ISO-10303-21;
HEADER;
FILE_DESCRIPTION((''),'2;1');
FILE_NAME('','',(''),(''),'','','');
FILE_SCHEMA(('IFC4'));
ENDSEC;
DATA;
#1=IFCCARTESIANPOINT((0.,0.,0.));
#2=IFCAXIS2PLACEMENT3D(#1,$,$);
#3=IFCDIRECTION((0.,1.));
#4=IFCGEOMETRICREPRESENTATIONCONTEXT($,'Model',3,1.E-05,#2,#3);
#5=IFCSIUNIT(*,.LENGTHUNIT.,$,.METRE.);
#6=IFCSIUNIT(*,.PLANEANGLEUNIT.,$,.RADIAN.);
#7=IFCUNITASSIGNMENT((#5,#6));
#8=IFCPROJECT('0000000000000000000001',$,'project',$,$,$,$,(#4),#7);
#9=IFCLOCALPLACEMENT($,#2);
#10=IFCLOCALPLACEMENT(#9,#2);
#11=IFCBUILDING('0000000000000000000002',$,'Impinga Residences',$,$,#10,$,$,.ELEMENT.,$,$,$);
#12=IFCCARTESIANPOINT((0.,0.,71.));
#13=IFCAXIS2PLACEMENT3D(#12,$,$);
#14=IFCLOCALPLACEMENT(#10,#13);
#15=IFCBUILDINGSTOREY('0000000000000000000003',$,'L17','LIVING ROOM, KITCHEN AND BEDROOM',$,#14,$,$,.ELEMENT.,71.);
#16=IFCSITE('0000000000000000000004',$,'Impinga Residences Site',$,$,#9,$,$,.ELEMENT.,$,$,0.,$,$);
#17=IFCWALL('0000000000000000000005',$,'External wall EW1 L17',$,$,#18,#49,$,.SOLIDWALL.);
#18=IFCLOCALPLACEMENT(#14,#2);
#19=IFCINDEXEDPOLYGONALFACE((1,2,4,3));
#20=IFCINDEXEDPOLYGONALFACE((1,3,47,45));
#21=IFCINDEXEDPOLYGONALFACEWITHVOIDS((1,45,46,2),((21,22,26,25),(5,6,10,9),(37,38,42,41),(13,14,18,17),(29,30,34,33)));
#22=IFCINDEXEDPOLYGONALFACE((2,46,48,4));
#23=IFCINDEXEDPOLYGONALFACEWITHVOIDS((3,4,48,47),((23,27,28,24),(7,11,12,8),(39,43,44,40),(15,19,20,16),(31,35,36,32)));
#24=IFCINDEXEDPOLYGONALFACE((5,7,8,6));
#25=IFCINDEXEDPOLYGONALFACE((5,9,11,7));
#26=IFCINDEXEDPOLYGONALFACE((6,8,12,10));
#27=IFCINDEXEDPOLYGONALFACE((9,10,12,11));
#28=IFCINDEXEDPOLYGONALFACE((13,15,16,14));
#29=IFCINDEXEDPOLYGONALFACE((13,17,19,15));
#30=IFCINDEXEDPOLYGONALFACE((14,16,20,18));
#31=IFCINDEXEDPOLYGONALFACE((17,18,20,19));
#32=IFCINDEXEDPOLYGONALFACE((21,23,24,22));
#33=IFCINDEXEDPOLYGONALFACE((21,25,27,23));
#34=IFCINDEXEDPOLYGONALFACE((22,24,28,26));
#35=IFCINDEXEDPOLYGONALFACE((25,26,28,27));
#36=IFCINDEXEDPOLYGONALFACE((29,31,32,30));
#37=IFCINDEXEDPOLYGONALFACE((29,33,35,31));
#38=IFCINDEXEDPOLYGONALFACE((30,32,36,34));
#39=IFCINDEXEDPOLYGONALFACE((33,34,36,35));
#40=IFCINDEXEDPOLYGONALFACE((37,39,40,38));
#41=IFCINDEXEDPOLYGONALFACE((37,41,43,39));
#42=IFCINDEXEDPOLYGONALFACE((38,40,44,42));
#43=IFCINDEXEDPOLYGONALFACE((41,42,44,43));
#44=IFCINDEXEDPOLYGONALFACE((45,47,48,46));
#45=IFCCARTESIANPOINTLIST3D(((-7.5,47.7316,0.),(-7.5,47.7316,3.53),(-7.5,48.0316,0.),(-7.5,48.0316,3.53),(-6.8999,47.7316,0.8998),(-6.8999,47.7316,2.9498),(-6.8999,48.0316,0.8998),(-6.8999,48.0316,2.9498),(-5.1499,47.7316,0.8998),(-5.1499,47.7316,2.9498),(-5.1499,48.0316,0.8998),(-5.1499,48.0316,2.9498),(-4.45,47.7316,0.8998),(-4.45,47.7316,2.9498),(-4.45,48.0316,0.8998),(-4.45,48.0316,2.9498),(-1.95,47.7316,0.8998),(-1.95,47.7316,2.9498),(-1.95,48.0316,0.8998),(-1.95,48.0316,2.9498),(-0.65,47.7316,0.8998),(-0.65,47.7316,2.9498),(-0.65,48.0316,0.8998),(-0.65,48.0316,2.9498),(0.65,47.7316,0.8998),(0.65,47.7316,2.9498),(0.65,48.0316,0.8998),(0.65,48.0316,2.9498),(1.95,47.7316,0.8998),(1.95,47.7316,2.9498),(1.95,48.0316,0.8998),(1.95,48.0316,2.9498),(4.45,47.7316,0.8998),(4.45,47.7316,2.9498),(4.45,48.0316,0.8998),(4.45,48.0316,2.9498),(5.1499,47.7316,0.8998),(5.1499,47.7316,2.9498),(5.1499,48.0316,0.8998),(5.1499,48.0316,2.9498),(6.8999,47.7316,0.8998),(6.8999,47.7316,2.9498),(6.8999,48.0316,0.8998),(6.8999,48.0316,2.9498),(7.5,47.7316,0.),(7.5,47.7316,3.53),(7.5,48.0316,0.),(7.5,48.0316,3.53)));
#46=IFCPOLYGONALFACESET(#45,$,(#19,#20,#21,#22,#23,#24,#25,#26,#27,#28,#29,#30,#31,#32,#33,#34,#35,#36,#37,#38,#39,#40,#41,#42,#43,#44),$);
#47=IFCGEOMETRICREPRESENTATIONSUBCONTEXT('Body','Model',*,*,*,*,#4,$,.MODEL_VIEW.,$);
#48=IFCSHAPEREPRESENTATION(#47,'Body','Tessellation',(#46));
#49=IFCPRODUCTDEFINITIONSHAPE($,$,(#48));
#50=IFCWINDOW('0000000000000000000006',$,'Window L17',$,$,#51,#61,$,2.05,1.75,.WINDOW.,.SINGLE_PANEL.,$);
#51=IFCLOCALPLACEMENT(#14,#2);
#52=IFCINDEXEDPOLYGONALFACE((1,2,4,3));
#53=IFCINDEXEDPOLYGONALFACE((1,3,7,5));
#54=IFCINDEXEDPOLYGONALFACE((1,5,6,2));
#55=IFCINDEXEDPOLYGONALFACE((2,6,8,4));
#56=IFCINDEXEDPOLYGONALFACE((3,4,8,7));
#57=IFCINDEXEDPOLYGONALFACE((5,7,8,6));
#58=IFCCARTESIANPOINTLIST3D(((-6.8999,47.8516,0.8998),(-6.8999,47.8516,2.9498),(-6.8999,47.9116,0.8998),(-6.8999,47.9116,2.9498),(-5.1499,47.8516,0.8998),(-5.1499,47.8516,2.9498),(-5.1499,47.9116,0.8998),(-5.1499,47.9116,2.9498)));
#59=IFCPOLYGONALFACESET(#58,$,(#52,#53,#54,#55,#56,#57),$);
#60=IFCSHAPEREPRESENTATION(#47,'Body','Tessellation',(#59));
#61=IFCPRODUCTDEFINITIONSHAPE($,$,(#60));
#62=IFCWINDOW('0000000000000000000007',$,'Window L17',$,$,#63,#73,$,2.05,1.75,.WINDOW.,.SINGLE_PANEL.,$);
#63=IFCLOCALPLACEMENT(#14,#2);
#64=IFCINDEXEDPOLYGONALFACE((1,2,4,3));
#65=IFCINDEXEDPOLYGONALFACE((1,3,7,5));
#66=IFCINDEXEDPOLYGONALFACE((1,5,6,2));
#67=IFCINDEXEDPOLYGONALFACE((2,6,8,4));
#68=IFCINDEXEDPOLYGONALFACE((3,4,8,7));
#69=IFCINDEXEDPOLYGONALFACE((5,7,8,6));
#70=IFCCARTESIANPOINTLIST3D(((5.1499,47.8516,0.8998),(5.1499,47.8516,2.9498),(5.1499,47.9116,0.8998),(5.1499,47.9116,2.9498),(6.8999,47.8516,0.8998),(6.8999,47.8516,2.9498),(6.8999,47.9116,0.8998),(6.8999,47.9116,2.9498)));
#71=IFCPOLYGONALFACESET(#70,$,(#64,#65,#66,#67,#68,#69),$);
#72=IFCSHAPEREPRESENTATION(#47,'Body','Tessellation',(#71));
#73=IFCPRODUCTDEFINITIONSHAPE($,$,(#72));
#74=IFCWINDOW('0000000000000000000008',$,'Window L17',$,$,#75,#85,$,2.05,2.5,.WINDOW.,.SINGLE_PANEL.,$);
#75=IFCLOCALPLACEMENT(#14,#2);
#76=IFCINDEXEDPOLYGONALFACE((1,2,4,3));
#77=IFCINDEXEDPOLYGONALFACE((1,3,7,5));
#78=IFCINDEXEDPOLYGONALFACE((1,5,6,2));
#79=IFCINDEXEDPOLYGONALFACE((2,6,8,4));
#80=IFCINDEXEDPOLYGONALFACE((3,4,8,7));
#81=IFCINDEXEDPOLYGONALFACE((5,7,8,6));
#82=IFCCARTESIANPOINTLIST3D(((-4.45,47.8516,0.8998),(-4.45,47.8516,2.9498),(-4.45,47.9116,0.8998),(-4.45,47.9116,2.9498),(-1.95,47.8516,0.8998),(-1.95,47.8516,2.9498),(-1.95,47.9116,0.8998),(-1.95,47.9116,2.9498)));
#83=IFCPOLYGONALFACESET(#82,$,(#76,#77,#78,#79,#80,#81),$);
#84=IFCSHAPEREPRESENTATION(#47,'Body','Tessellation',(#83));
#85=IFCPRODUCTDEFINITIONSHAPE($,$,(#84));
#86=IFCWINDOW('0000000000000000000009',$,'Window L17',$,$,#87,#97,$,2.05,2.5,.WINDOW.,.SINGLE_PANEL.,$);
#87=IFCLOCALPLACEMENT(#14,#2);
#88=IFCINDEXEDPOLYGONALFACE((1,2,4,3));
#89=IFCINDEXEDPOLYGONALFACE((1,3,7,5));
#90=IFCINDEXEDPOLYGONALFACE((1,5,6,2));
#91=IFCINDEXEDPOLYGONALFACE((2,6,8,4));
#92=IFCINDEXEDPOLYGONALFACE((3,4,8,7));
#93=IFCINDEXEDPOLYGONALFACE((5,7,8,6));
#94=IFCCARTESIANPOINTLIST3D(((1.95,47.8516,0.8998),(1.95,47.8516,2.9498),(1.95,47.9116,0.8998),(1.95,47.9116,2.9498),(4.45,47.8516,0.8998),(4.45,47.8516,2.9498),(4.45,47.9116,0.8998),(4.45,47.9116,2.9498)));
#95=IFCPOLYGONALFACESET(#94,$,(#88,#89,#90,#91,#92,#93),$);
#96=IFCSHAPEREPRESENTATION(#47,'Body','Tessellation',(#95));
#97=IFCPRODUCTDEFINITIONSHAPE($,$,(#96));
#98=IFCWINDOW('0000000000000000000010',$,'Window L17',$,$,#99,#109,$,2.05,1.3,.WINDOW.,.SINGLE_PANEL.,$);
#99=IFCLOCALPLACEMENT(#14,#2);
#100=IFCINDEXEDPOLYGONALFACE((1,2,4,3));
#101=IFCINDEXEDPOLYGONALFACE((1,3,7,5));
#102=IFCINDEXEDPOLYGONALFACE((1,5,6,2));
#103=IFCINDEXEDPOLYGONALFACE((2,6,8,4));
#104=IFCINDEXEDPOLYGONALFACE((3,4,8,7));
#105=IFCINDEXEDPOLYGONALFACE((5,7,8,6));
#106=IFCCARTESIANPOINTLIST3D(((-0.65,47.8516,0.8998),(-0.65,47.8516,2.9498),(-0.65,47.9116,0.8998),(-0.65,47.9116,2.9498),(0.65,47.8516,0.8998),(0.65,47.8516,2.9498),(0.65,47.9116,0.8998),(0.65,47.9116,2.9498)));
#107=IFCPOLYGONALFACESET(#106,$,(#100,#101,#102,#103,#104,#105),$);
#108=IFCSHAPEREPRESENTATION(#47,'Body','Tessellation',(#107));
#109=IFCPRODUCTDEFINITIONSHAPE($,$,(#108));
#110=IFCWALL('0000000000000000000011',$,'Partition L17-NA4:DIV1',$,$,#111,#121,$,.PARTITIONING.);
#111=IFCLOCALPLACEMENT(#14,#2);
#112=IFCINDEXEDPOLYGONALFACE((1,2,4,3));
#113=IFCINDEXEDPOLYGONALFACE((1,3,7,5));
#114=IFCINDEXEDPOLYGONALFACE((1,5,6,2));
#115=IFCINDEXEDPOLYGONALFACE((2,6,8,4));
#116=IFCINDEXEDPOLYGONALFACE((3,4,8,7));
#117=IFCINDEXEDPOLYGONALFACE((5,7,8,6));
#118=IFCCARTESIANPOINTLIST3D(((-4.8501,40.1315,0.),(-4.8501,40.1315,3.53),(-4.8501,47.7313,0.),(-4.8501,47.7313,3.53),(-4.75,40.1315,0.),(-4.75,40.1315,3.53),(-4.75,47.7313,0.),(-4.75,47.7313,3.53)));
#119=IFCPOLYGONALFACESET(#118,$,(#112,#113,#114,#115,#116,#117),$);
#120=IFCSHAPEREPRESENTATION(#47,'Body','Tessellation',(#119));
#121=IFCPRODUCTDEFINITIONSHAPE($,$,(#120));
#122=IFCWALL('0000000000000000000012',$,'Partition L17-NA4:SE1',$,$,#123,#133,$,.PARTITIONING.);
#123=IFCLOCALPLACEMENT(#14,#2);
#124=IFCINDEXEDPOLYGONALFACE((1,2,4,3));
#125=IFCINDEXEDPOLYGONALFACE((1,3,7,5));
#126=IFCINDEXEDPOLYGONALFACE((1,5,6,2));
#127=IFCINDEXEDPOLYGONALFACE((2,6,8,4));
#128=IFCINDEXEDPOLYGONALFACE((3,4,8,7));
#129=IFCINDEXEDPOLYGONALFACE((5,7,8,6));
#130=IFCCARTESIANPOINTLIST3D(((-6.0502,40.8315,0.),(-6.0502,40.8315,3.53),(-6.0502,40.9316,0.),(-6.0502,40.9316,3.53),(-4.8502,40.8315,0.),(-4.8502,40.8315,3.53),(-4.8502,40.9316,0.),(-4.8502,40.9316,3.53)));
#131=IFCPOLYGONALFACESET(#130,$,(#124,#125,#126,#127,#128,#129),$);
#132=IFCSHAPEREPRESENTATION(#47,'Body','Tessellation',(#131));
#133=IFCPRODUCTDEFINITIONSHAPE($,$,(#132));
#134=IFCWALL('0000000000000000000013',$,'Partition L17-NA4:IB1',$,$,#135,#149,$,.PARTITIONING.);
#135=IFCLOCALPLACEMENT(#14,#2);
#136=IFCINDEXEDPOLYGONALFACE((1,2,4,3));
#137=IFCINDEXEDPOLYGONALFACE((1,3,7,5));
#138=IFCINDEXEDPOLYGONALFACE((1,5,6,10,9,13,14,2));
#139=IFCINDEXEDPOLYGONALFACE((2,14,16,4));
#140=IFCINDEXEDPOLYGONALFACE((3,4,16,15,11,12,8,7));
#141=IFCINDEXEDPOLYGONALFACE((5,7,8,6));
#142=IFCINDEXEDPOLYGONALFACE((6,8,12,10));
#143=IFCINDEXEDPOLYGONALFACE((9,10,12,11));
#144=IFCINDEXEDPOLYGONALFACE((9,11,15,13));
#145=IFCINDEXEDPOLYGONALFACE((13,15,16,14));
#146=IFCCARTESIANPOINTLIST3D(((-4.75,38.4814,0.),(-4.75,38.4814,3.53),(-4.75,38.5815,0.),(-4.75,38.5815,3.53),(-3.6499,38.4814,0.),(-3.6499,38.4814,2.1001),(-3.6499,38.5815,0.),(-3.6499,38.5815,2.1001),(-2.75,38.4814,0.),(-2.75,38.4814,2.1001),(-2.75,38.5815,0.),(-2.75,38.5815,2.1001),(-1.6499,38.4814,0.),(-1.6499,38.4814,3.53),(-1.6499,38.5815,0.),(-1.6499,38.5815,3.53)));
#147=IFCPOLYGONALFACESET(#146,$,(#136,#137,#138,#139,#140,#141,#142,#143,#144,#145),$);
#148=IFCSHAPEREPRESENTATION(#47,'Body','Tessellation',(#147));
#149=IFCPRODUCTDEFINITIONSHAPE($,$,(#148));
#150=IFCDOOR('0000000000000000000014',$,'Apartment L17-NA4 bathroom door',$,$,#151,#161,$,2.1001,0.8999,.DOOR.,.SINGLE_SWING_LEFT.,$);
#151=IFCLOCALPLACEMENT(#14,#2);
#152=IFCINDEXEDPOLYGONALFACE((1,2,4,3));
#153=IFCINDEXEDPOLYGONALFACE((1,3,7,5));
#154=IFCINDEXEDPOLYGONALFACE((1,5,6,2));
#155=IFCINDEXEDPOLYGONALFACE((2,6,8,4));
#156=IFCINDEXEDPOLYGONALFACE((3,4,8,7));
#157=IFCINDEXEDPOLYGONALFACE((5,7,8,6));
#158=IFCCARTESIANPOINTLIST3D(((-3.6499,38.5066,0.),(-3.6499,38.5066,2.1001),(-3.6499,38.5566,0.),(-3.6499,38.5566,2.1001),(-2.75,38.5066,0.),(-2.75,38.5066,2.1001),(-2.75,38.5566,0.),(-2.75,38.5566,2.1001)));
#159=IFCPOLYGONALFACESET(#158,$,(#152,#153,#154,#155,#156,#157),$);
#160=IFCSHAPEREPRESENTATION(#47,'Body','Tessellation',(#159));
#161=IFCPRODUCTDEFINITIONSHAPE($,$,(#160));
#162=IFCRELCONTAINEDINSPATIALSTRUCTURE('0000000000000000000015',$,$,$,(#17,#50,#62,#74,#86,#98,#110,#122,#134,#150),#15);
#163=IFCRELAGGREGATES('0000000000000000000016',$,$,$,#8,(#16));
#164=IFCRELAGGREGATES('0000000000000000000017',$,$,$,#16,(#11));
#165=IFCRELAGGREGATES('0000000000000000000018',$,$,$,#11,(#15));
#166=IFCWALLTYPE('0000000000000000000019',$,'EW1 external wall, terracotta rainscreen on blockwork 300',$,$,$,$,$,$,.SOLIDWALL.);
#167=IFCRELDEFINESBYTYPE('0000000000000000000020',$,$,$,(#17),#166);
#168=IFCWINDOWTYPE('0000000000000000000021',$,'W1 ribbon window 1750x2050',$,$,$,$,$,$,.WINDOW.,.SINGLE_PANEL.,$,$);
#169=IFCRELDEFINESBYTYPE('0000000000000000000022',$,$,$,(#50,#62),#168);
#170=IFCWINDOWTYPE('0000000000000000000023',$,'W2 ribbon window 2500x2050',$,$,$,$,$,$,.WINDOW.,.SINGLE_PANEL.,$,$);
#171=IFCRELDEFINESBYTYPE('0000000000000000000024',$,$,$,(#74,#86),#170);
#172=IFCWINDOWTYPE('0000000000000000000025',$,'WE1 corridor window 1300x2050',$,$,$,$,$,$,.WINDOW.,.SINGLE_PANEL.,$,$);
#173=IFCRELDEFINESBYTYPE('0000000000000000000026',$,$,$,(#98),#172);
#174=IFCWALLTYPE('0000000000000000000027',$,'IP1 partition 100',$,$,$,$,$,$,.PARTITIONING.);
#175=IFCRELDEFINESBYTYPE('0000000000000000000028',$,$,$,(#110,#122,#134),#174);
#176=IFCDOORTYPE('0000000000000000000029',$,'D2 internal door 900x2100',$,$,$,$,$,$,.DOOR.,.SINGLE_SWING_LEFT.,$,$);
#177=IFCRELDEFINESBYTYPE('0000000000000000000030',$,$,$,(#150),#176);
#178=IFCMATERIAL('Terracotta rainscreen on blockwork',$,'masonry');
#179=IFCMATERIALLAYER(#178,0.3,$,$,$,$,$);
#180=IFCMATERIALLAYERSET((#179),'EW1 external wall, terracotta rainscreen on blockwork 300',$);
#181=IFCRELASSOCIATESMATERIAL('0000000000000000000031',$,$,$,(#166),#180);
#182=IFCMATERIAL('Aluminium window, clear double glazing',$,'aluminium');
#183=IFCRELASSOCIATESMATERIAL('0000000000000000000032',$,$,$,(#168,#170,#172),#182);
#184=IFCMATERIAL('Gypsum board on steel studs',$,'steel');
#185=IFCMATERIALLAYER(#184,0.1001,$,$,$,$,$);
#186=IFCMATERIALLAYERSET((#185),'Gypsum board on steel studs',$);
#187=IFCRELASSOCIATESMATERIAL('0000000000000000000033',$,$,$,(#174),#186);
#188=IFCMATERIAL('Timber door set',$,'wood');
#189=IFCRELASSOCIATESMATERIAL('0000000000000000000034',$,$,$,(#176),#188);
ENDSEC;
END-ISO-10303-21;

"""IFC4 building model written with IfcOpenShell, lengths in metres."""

from ifc_helpers import new_model, si_unit, direction, frame, frame_2d, origin, place, context, subcontext, project, spatial, rectangle, extrude, material, layer, layer_set, type_object, element, fill, save


model = new_model("IFC4")

# Units and contexts
model_context = context("Model", 3, precision=1e-05, world=origin(), true_north=direction((0.0, 1.0)))
body_context = subcontext(model_context, "Body", "Model", "MODEL_VIEW")
ifc_project = project(units=[si_unit("LENGTHUNIT", "METRE"), si_unit("PLANEANGLEUNIT", "RADIAN")], contexts=[model_context])

# Site, building, storey
site_placement = place(None, origin())
site = spatial("IfcSite", under=ifc_project, at=site_placement, Name="Impinga Residences Site", CompositionType="ELEMENT", RefElevation=0.0)
building_placement = place(site_placement, origin())
building = spatial("IfcBuilding", under=site, at=building_placement, Name="Impinga Residences", CompositionType="ELEMENT")
storey_placement = place(building_placement, frame((0.0, 0.0, 71.0)))
storey = spatial("IfcBuildingStorey", under=building, at=storey_placement, Name="L17", Description="LIVING ROOM, KITCHEN AND BEDROOM", CompositionType="ELEMENT", Elevation=71.0)

# Shared definitions
ifc_material_1 = material(Name="Terracotta rainscreen on blockwork", Category="masonry")
ifc_layer_1 = layer(ifc_material_1, 0.3)
ifc_layer_set_1 = layer_set([ifc_layer_1], Name="EW1 external wall, terracotta rainscreen on blockwork 300")
wall_type_1 = type_object("IfcWallType", Name="EW1 external wall, terracotta rainscreen on blockwork 300", PredefinedType="SOLIDWALL", material=ifc_layer_set_1)

# Wall, openings, windows
wall_1_placement = place(storey_placement, frame((-7.5, 47.8816, 0.0), z_axis=(0.0, 0.0, 1.0), x_axis=(1.0, 0.0, 0.0)))
wall_1 = element("IfcWall", 1, at=wall_1_placement, inside=storey, type_object=wall_type_1, Name="External wall EW1 L17", PredefinedType="SOLIDWALL", context=body_context, shape_type="SweptSolid", body=[
    extrude(rectangle(XDim=15.0, YDim=0.3, at=frame_2d((7.5, 0.0))), origin(), (0.0, 0.0, 1.0), 3.53),
])
opening_1_placement = place(wall_1_placement, frame((0.6001, 0.0, 0.8999)))
opening_1 = element("IfcOpeningElement", 2, at=opening_1_placement, cuts=wall_1, PredefinedType="OPENING", context=body_context, shape_type="SweptSolid", body=[
    extrude(rectangle(XDim=1.75, YDim=2.05, at=frame_2d((0.875, 1.0249))), frame((0.0, 0.1599, 0.0), z_axis=(0.0, -1.0, 0.0), x_axis=(1.0, 0.0, 0.0)), (0.0, 0.0, 1.0), 0.3201),
])
opening_2_placement = place(wall_1_placement, frame((3.05, 0.0, 0.8999)))
opening_2 = element("IfcOpeningElement", 3, at=opening_2_placement, cuts=wall_1, PredefinedType="OPENING", context=body_context, shape_type="SweptSolid", body=[
    extrude(rectangle(XDim=2.5, YDim=2.05, at=frame_2d((1.25, 1.0249))), frame((0.0, 0.1599, 0.0), z_axis=(0.0, -1.0, 0.0), x_axis=(1.0, 0.0, 0.0)), (0.0, 0.0, 1.0), 0.3201),
])
opening_3_placement = place(wall_1_placement, frame((6.8501, 0.0, 0.8999)))
opening_3 = element("IfcOpeningElement", 4, at=opening_3_placement, cuts=wall_1, PredefinedType="OPENING", context=body_context, shape_type="SweptSolid", body=[
    extrude(rectangle(XDim=1.3, YDim=2.05, at=frame_2d((0.6499, 1.0249))), frame((0.0, 0.1599, 0.0), z_axis=(0.0, -1.0, 0.0), x_axis=(1.0, 0.0, 0.0)), (0.0, 0.0, 1.0), 0.3201),
])
opening_4_placement = place(wall_1_placement, frame((9.45, 0.0, 0.8999)))
opening_4 = element("IfcOpeningElement", 5, at=opening_4_placement, cuts=wall_1, PredefinedType="OPENING", context=body_context, shape_type="SweptSolid", body=[
    extrude(rectangle(XDim=2.5, YDim=2.05, at=frame_2d((1.25, 1.0249))), frame((0.0, 0.1599, 0.0), z_axis=(0.0, -1.0, 0.0), x_axis=(1.0, 0.0, 0.0)), (0.0, 0.0, 1.0), 0.3201),
])
opening_5_placement = place(wall_1_placement, frame((12.6499, 0.0, 0.8999)))
opening_5 = element("IfcOpeningElement", 6, at=opening_5_placement, cuts=wall_1, PredefinedType="OPENING", context=body_context, shape_type="SweptSolid", body=[
    extrude(rectangle(XDim=1.75, YDim=2.05, at=frame_2d((0.875, 1.0249))), frame((0.0, 0.1599, 0.0), z_axis=(0.0, -1.0, 0.0), x_axis=(1.0, 0.0, 0.0)), (0.0, 0.0, 1.0), 0.3201),
])
ifc_material_2 = material(Name="Aluminium window, clear double glazing", Category="aluminium")
window_type_1 = type_object("IfcWindowType", Name="W1 ribbon window 1750x2050", PartitioningType="SINGLE_PANEL", PredefinedType="WINDOW", material=ifc_material_2)
window_1_placement = place(opening_1_placement, origin())
window_1 = element("IfcWindow", 7, at=window_1_placement, inside=storey, type_object=window_type_1, Name="Window L17", OverallHeight=2.05, OverallWidth=1.75, PartitioningType="SINGLE_PANEL", PredefinedType="WINDOW", context=body_context, shape_type="SweptSolid", body=[
    extrude(rectangle(XDim=1.75, YDim=2.05, at=frame_2d((0.875, 1.0249))), frame((0.0, 0.03, 0.0), z_axis=(0.0, -1.0, 0.0), x_axis=(1.0, 0.0, 0.0)), (0.0, 0.0, 1.0), 0.0601),
])
fill(opening_1, window_1)
window_2_placement = place(opening_5_placement, origin())
window_2 = element("IfcWindow", 8, at=window_2_placement, inside=storey, type_object=window_type_1, Name="Window L17", OverallHeight=2.05, OverallWidth=1.75, PartitioningType="SINGLE_PANEL", PredefinedType="WINDOW", context=body_context, shape_type="SweptSolid", body=[
    extrude(rectangle(XDim=1.75, YDim=2.05, at=frame_2d((0.875, 1.0249))), frame((0.0, 0.03, 0.0), z_axis=(0.0, -1.0, 0.0), x_axis=(1.0, 0.0, 0.0)), (0.0, 0.0, 1.0), 0.0601),
])
fill(opening_5, window_2)
window_type_2 = type_object("IfcWindowType", Name="W2 ribbon window 2500x2050", PartitioningType="SINGLE_PANEL", PredefinedType="WINDOW", material=ifc_material_2)
window_3_placement = place(opening_2_placement, origin())
window_3 = element("IfcWindow", 9, at=window_3_placement, inside=storey, type_object=window_type_2, Name="Window L17", OverallHeight=2.05, OverallWidth=2.5, PartitioningType="SINGLE_PANEL", PredefinedType="WINDOW", context=body_context, shape_type="SweptSolid", body=[
    extrude(rectangle(XDim=2.5, YDim=2.05, at=frame_2d((1.25, 1.0249))), frame((0.0, 0.03, 0.0), z_axis=(0.0, -1.0, 0.0), x_axis=(1.0, 0.0, 0.0)), (0.0, 0.0, 1.0), 0.0601),
])
fill(opening_2, window_3)
window_4_placement = place(opening_4_placement, origin())
window_4 = element("IfcWindow", 10, at=window_4_placement, inside=storey, type_object=window_type_2, Name="Window L17", OverallHeight=2.05, OverallWidth=2.5, PartitioningType="SINGLE_PANEL", PredefinedType="WINDOW", context=body_context, shape_type="SweptSolid", body=[
    extrude(rectangle(XDim=2.5, YDim=2.05, at=frame_2d((1.25, 1.0249))), frame((0.0, 0.03, 0.0), z_axis=(0.0, -1.0, 0.0), x_axis=(1.0, 0.0, 0.0)), (0.0, 0.0, 1.0), 0.0601),
])
fill(opening_4, window_4)
window_type_3 = type_object("IfcWindowType", Name="WE1 corridor window 1300x2050", PartitioningType="SINGLE_PANEL", PredefinedType="WINDOW", material=ifc_material_2)
window_5_placement = place(opening_3_placement, origin())
window_5 = element("IfcWindow", 11, at=window_5_placement, inside=storey, type_object=window_type_3, Name="Window L17", OverallHeight=2.05, OverallWidth=1.3, PartitioningType="SINGLE_PANEL", PredefinedType="WINDOW", context=body_context, shape_type="SweptSolid", body=[
    extrude(rectangle(XDim=1.3, YDim=2.05, at=frame_2d((0.6499, 1.0249))), frame((0.0, 0.03, 0.0), z_axis=(0.0, -1.0, 0.0), x_axis=(1.0, 0.0, 0.0)), (0.0, 0.0, 1.0), 0.0601),
])
fill(opening_3, window_5)

# Walls
ifc_material_3 = material(Name="Gypsum board on steel studs", Category="steel")
ifc_layer_2 = layer(ifc_material_3, 0.1001)
ifc_layer_set_2 = layer_set([ifc_layer_2], Name="Gypsum board on steel studs")
wall_type_2 = type_object("IfcWallType", Name="IP1 partition 100", PredefinedType="PARTITIONING", material=ifc_layer_set_2)
wall_2_placement = place(storey_placement, frame((-4.8, 40.1316, 0.0), z_axis=(0.0, 0.0, 1.0), x_axis=(0.0, 1.0, 0.0)))
element("IfcWall", 12, at=wall_2_placement, inside=storey, type_object=wall_type_2, Name="Partition L17-NA4:DIV1", PredefinedType="PARTITIONING", context=body_context, shape_type="SweptSolid", body=[
    extrude(rectangle(XDim=7.5999, YDim=0.1001, at=frame_2d((3.7998, 0.0))), origin(), (0.0, 0.0, 1.0), 3.53),
])
wall_3_placement = place(storey_placement, frame((-4.8501, 40.8816, 0.0), z_axis=(0.0, 0.0, 1.0), x_axis=(-1.0, 0.0, 0.0)))
element("IfcWall", 13, at=wall_3_placement, inside=storey, type_object=wall_type_2, Name="Partition L17-NA4:SE1", PredefinedType="PARTITIONING", context=body_context, shape_type="SweptSolid", body=[
    extrude(rectangle(XDim=1.2, YDim=0.1001, at=frame_2d((0.6001, 0.0))), origin(), (0.0, 0.0, 1.0), 3.53),
])

# Wall, opening, door
wall_4_placement = place(storey_placement, frame((-1.6499, 38.5315, 0.0), z_axis=(0.0, 0.0, 1.0), x_axis=(-1.0, 0.0, 0.0)))
wall_4 = element("IfcWall", 14, at=wall_4_placement, inside=storey, type_object=wall_type_2, Name="Partition L17-NA4:IB1", PredefinedType="PARTITIONING", context=body_context, shape_type="SweptSolid", body=[
    extrude(rectangle(XDim=3.1001, YDim=0.1001, at=frame_2d((1.55, 0.0))), origin(), (0.0, 0.0, 1.0), 3.53),
])
opening_6_placement = place(wall_4_placement, frame((1.1001, 0.0, 0.0)))
opening_6 = element("IfcOpeningElement", 15, at=opening_6_placement, cuts=wall_4, PredefinedType="OPENING", context=body_context, shape_type="SweptSolid", body=[
    extrude(rectangle(XDim=0.8999, YDim=2.1001, at=frame_2d((0.45, 1.05))), frame((0.0, 0.0601, 0.0), z_axis=(0.0, -1.0, 0.0), x_axis=(1.0, 0.0, 0.0)), (0.0, 0.0, 1.0), 0.1201),
])
ifc_material_4 = material(Name="Timber door set", Category="wood")
door_type = type_object("IfcDoorType", Name="D2 internal door 900x2100", OperationType="SINGLE_SWING_LEFT", PredefinedType="DOOR", material=ifc_material_4)
door_placement = place(opening_6_placement, origin())
door = element("IfcDoor", 16, at=door_placement, inside=storey, type_object=door_type, Name="Apartment L17-NA4 bathroom door", OperationType="SINGLE_SWING_LEFT", OverallHeight=2.1001, OverallWidth=0.8999, PredefinedType="DOOR", context=body_context, shape_type="SweptSolid", body=[
    extrude(rectangle(XDim=0.8999, YDim=2.1001, at=frame_2d((0.45, 1.05))), frame((0.0, 0.0249, 0.0), z_axis=(0.0, -1.0, 0.0), x_axis=(1.0, 0.0, 0.0)), (0.0, 0.0, 1.0), 0.05),
])
fill(opening_6, door)

save(model, "model.ifc")
